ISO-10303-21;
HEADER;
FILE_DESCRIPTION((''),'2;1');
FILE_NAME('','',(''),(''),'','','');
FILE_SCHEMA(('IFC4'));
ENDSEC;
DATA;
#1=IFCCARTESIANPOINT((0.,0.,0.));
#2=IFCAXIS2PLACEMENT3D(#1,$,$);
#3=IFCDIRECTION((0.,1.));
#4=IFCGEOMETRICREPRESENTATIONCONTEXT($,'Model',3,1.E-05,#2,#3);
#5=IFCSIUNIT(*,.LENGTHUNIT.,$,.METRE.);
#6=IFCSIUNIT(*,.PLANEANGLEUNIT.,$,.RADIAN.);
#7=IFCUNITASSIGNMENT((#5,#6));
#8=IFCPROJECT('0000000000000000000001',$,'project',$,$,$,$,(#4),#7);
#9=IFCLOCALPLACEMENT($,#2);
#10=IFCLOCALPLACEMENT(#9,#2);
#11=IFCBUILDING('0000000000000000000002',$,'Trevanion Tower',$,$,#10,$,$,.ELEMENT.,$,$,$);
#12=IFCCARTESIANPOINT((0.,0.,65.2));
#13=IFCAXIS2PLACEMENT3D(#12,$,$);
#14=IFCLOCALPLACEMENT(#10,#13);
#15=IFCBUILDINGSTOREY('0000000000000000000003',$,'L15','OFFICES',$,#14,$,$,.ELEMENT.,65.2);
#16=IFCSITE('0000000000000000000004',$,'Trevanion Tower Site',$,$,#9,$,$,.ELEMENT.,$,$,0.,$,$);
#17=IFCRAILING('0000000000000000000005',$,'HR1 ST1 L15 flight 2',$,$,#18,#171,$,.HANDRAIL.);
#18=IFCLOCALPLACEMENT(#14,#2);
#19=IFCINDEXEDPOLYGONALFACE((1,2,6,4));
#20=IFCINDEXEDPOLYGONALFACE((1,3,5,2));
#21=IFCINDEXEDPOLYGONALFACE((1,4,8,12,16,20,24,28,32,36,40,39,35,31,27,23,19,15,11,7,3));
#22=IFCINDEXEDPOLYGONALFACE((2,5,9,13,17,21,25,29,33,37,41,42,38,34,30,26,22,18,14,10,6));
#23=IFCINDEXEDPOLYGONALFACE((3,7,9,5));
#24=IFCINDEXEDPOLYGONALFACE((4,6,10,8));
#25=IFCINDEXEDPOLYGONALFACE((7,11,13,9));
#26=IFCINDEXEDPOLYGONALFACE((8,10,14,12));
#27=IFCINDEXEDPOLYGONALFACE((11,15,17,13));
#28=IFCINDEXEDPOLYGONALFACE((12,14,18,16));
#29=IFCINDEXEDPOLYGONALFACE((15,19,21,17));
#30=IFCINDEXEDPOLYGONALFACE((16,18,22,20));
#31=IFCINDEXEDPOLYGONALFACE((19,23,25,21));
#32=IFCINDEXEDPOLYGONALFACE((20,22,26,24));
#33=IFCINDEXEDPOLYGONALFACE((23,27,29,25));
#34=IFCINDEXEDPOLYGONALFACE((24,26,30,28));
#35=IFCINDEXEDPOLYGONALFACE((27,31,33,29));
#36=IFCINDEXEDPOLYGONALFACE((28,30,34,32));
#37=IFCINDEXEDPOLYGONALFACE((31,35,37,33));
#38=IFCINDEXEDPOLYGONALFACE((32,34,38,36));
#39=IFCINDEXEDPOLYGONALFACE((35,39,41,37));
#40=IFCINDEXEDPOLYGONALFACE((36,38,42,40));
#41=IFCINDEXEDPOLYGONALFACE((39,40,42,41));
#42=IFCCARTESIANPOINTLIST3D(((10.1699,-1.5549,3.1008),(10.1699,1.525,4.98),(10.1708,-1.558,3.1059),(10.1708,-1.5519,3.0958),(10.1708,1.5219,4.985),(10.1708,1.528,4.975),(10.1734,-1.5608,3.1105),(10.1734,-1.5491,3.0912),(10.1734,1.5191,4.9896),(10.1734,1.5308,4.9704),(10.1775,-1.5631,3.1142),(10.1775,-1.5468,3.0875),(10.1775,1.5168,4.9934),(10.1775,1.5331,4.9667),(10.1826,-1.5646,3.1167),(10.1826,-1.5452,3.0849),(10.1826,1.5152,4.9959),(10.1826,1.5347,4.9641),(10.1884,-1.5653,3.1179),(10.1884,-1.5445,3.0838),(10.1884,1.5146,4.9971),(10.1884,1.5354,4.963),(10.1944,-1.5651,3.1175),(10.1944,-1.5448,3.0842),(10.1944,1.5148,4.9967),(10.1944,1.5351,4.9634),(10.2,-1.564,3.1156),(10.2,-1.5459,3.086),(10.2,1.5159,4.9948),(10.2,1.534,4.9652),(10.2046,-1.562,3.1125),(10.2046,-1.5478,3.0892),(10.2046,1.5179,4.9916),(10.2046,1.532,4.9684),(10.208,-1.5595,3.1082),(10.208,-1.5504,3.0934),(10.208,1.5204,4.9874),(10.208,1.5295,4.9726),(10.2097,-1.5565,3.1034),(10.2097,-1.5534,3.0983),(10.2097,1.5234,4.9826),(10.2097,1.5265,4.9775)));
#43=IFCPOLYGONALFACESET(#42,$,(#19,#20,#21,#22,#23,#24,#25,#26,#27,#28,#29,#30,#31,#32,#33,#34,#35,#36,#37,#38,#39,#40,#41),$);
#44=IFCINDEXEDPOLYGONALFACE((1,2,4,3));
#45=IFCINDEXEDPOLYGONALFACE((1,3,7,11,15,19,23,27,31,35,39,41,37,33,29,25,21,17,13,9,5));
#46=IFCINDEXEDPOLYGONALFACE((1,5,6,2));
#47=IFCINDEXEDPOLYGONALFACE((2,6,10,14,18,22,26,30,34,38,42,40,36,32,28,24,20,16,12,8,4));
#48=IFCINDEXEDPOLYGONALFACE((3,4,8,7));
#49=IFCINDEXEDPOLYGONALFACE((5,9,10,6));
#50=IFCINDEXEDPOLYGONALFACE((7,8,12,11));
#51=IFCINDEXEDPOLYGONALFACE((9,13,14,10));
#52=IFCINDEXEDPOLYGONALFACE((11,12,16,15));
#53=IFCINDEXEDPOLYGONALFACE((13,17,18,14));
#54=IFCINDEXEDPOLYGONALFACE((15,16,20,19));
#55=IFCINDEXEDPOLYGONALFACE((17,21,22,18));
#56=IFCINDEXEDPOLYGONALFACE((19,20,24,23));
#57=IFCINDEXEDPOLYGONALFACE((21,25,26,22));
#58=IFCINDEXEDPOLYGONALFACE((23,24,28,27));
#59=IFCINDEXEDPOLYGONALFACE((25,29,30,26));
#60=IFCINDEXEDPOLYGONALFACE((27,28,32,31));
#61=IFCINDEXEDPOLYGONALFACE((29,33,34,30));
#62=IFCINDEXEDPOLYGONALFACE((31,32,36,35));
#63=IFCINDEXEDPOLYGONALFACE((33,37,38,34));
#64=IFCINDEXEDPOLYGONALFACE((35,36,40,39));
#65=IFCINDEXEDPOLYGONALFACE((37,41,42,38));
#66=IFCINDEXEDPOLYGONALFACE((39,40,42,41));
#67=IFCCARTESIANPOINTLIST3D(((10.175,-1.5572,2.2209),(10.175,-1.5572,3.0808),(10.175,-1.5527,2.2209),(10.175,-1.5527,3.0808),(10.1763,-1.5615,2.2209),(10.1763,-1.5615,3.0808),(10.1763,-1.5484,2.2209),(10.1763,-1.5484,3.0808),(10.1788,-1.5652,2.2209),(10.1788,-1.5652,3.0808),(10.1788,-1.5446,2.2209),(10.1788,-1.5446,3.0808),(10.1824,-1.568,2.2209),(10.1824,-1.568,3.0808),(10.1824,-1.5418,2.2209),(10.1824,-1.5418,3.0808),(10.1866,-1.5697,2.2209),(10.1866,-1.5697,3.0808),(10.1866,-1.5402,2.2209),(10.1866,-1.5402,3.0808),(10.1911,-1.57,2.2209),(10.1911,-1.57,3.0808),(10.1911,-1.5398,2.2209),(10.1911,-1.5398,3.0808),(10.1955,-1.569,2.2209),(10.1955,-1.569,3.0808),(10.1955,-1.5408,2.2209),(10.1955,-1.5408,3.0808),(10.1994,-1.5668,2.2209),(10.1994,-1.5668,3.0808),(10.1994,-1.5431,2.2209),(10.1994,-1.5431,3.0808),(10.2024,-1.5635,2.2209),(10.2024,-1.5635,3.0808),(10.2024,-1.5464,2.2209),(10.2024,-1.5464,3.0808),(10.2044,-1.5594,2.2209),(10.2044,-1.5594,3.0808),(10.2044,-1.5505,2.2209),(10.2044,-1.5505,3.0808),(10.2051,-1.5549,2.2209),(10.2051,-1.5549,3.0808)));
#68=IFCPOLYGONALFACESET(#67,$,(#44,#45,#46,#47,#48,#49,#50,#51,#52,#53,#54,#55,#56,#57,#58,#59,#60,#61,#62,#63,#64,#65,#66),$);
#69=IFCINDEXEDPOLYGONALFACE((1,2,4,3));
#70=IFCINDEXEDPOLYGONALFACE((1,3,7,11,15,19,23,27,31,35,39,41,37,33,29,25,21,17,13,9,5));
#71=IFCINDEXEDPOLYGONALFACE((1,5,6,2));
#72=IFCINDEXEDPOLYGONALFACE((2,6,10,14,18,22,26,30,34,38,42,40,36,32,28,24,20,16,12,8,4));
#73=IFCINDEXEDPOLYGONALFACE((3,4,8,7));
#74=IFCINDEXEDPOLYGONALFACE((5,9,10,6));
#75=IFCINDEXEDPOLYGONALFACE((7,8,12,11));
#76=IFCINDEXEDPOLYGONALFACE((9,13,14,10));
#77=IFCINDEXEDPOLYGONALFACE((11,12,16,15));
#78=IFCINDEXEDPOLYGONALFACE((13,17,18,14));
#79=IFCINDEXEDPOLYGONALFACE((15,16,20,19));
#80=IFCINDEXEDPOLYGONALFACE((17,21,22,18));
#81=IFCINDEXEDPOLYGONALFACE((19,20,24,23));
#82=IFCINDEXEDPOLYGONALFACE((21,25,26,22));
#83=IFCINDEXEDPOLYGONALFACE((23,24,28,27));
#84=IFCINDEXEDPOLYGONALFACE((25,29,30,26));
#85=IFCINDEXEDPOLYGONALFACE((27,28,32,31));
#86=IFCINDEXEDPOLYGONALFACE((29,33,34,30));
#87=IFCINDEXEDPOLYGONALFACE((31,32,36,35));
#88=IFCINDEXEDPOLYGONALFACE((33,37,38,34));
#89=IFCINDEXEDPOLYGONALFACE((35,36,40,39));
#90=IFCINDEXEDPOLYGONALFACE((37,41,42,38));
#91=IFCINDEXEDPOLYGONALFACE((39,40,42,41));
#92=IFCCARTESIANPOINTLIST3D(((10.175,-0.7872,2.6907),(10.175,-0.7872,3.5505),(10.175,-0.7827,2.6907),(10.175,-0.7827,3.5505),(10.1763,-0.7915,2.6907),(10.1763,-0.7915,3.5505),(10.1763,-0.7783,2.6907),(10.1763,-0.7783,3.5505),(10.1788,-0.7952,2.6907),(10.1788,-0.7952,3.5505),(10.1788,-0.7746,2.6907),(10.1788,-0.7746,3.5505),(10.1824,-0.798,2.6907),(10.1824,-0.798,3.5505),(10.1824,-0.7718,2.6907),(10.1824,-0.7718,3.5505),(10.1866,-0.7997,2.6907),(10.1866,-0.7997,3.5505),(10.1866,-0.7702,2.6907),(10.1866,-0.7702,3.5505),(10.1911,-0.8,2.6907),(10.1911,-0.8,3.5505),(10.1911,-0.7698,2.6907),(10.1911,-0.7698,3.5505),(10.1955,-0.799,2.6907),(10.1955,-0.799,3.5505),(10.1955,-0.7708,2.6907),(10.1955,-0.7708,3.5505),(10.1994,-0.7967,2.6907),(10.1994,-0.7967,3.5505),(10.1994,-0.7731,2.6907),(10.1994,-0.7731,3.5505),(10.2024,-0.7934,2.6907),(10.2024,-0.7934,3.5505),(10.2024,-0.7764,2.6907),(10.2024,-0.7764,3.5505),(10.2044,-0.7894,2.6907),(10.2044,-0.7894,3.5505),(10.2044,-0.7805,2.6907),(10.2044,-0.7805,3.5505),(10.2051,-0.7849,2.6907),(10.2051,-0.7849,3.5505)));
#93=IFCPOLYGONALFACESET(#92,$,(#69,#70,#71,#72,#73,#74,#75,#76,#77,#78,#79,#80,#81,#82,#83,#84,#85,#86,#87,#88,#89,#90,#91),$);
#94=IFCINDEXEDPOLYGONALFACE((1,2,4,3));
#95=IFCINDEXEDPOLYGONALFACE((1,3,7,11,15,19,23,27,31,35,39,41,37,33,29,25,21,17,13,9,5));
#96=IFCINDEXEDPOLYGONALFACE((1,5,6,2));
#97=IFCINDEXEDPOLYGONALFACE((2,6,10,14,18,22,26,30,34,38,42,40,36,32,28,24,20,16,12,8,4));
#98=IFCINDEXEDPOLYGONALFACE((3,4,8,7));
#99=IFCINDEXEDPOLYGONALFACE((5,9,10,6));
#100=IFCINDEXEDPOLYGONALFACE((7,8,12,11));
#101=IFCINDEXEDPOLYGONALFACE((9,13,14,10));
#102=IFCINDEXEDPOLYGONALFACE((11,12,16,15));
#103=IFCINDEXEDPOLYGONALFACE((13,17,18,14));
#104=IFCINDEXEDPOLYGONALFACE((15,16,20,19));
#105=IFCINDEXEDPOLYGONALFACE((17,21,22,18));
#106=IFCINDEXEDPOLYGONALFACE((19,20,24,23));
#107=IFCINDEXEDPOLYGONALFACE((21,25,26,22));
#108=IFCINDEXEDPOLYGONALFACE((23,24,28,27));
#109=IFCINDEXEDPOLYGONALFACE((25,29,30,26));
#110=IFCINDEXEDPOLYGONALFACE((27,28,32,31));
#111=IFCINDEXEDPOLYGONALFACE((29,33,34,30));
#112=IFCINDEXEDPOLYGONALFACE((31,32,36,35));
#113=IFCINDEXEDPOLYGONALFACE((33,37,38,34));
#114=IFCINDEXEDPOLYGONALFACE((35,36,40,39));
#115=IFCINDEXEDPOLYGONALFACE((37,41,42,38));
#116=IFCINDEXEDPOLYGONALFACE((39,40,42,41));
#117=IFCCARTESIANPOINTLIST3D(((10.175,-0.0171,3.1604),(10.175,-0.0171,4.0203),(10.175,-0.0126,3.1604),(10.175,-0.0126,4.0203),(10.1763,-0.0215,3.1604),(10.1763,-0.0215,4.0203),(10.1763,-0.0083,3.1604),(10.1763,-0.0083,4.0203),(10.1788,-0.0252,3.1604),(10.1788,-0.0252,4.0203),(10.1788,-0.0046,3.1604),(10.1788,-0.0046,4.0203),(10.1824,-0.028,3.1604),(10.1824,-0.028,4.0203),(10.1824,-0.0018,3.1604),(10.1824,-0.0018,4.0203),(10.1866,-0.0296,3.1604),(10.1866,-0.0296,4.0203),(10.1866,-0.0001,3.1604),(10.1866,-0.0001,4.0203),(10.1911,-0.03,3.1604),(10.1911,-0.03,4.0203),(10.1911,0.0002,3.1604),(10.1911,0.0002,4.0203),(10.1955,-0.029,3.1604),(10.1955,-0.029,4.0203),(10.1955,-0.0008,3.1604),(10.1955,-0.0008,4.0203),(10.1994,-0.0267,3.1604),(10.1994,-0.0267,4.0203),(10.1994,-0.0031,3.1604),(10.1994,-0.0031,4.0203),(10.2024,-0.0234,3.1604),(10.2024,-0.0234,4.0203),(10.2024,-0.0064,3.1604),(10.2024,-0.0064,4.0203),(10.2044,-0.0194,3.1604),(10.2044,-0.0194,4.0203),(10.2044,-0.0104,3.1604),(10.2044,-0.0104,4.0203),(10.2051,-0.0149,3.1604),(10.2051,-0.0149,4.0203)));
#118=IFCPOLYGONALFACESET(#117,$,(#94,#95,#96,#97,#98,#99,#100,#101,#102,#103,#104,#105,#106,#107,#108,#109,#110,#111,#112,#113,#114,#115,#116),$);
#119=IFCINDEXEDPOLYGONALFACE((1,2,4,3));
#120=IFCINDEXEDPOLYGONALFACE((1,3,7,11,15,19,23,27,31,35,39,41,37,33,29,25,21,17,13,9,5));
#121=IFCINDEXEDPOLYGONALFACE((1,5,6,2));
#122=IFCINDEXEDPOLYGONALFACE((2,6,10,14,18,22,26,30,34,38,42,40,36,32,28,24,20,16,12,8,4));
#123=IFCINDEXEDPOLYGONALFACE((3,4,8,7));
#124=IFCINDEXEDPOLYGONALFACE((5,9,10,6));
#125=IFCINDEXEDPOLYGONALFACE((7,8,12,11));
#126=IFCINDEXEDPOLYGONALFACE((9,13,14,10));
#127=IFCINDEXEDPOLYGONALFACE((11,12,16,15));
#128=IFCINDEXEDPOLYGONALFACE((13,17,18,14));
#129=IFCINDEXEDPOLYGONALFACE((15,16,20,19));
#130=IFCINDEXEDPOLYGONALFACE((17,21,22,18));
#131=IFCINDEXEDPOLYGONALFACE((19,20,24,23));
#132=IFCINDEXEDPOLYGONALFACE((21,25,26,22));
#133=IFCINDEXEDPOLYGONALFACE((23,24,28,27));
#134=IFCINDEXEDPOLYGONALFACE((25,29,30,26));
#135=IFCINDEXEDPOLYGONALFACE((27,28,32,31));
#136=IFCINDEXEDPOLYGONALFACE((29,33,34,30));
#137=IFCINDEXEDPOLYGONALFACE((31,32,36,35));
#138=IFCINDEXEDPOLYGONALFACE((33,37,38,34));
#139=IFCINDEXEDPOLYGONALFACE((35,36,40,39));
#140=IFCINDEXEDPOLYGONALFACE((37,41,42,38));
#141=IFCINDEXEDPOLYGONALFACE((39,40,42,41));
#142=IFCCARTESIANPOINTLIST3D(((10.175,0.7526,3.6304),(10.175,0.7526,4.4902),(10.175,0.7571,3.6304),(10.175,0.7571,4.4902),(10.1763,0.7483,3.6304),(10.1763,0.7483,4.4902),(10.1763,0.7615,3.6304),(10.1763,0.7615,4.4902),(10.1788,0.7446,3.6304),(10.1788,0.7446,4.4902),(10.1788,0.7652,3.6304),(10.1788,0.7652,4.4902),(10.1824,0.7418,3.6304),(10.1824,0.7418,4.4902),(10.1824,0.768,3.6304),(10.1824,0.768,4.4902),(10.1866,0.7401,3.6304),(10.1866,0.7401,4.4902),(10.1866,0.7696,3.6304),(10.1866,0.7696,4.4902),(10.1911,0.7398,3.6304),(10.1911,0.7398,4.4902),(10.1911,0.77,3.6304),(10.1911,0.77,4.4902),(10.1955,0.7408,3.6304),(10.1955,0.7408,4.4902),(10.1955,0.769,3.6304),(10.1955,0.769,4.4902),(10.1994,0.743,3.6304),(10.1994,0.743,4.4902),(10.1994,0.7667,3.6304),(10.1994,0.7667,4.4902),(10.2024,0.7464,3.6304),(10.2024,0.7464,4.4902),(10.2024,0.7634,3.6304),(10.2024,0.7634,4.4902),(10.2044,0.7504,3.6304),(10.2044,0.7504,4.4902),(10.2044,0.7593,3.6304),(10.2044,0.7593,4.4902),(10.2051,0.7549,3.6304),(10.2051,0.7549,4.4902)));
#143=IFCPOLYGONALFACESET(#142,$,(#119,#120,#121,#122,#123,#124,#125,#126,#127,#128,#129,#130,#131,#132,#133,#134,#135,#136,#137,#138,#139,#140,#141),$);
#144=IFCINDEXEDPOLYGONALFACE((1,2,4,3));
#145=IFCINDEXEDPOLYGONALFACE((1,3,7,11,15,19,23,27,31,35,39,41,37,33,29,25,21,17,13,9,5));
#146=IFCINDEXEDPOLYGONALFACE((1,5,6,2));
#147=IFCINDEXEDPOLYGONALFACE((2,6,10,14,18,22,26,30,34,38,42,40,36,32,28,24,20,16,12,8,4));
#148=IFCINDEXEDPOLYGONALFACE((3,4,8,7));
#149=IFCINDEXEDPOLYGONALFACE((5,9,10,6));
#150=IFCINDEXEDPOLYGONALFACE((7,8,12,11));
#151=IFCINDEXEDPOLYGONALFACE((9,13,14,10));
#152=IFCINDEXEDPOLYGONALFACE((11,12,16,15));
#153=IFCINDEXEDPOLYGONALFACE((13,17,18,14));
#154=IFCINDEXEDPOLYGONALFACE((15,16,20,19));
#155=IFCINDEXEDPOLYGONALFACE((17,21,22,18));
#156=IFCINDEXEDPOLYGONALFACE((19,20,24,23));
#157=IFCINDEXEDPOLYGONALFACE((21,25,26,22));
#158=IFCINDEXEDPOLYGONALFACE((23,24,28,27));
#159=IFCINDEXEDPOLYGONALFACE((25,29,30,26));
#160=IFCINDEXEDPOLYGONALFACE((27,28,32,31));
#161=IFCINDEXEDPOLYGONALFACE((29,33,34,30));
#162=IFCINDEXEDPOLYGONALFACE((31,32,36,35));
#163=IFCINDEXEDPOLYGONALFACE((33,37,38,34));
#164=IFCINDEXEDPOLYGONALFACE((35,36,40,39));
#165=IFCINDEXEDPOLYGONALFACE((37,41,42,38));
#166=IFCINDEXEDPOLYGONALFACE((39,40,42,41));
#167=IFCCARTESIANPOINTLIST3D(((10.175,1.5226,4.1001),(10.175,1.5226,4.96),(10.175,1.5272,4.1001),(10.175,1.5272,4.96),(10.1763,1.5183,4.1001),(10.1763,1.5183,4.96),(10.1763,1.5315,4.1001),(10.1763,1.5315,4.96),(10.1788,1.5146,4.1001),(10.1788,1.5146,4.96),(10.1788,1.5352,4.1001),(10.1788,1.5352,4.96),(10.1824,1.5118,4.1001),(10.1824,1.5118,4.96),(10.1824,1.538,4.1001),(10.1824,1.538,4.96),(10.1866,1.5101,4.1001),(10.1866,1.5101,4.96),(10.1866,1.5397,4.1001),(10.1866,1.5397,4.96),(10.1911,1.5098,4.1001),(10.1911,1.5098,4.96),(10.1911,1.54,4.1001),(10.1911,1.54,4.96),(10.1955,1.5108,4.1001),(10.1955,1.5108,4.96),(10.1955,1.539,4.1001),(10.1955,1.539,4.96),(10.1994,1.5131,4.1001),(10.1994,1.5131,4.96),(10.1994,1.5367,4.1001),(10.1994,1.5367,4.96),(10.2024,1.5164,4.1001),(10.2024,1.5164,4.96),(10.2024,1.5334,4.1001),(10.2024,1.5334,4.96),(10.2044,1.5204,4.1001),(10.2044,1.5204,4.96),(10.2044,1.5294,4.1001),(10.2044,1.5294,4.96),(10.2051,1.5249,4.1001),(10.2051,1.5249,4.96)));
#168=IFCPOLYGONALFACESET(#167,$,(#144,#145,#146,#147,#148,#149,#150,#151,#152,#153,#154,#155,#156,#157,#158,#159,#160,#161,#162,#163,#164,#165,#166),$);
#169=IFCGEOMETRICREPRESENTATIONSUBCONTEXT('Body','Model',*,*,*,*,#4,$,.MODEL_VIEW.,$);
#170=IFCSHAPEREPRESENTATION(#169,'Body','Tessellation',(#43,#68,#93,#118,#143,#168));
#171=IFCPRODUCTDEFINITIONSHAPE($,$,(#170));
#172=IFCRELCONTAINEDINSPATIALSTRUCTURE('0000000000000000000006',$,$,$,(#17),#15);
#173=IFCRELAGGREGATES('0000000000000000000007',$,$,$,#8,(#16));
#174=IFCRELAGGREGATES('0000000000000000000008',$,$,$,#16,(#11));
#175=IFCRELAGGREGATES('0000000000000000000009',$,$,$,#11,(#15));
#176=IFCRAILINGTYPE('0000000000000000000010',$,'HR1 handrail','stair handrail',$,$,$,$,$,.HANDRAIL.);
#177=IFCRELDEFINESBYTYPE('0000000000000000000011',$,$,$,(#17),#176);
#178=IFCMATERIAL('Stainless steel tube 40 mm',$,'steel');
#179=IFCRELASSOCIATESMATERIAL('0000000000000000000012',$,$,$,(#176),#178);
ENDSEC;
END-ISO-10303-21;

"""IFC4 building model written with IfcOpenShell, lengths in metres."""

from ifc_helpers import new_model, si_unit, direction, frame, origin, origin_2d, place, context, subcontext, project, spatial, circle, extrude, material, type_object, element, save


model = new_model("IFC4")

# Units and contexts
model_context = context("Model", 3, precision=1e-05, world=origin(), true_north=direction((0.0, 1.0)))
body_context = subcontext(model_context, "Body", "Model", "MODEL_VIEW")
ifc_project = project(units=[si_unit("LENGTHUNIT", "METRE"), si_unit("PLANEANGLEUNIT", "RADIAN")], contexts=[model_context])

# Site, building, storey
site_placement = place(None, origin())
site = spatial("IfcSite", under=ifc_project, at=site_placement, Name="Trevanion Tower Site", CompositionType="ELEMENT", RefElevation=0.0)
building_placement = place(site_placement, origin())
building = spatial("IfcBuilding", under=site, at=building_placement, Name="Trevanion Tower", CompositionType="ELEMENT")
storey_placement = place(building_placement, frame((0.0, 0.0, 65.2)))
storey = spatial("IfcBuildingStorey", under=building, at=storey_placement, Name="L15", Description="OFFICES", CompositionType="ELEMENT", Elevation=65.2)

# Railing
ifc_material_1 = material(Name="Stainless steel tube 40 mm", Category="steel")
railing_type = type_object("IfcRailingType", Name="HR1 handrail", Description="stair handrail", PredefinedType="HANDRAIL", material=ifc_material_1)
for number, where, name in (
    (1, (10.1899, -1.5549, 2.2209), "HR1 ST1 L15 flight 2"),
):
    element("IfcRailing", number, at=place(storey_placement, frame(where)), inside=storey, type_object=railing_type, Name=name, PredefinedType="HANDRAIL", context=body_context, shape_type="SweptSolid", body=[
        extrude(circle(Radius=0.02, at=origin_2d()), frame((0.0, 0.0, 0.8799), z_axis=(0.0, 0.853648, 0.52085), x_axis=(-1.0, 0.0, 0.0)), (0.0, 0.0, 1.0), 3.6079),
        extrude(circle(Radius=0.0151, at=origin_2d()), origin(), (0.0, 0.0, 1.0), 0.8599),
        extrude(circle(Radius=0.0151, at=origin_2d()), frame((0.0, 0.77, 0.4697)), (0.0, 0.0, 1.0), 0.8599),
        extrude(circle(Radius=0.0151, at=origin_2d()), frame((0.0, 1.54, 0.9395)), (0.0, 0.0, 1.0), 0.8599),
        extrude(circle(Radius=0.0151, at=origin_2d()), frame((0.0, 2.3098, 1.4094)), (0.0, 0.0, 1.0), 0.8599),
        extrude(circle(Radius=0.0151, at=origin_2d()), frame((0.0, 3.0798, 1.8792)), (0.0, 0.0, 1.0), 0.8599),
    ])

save(model, "model.ifc")
